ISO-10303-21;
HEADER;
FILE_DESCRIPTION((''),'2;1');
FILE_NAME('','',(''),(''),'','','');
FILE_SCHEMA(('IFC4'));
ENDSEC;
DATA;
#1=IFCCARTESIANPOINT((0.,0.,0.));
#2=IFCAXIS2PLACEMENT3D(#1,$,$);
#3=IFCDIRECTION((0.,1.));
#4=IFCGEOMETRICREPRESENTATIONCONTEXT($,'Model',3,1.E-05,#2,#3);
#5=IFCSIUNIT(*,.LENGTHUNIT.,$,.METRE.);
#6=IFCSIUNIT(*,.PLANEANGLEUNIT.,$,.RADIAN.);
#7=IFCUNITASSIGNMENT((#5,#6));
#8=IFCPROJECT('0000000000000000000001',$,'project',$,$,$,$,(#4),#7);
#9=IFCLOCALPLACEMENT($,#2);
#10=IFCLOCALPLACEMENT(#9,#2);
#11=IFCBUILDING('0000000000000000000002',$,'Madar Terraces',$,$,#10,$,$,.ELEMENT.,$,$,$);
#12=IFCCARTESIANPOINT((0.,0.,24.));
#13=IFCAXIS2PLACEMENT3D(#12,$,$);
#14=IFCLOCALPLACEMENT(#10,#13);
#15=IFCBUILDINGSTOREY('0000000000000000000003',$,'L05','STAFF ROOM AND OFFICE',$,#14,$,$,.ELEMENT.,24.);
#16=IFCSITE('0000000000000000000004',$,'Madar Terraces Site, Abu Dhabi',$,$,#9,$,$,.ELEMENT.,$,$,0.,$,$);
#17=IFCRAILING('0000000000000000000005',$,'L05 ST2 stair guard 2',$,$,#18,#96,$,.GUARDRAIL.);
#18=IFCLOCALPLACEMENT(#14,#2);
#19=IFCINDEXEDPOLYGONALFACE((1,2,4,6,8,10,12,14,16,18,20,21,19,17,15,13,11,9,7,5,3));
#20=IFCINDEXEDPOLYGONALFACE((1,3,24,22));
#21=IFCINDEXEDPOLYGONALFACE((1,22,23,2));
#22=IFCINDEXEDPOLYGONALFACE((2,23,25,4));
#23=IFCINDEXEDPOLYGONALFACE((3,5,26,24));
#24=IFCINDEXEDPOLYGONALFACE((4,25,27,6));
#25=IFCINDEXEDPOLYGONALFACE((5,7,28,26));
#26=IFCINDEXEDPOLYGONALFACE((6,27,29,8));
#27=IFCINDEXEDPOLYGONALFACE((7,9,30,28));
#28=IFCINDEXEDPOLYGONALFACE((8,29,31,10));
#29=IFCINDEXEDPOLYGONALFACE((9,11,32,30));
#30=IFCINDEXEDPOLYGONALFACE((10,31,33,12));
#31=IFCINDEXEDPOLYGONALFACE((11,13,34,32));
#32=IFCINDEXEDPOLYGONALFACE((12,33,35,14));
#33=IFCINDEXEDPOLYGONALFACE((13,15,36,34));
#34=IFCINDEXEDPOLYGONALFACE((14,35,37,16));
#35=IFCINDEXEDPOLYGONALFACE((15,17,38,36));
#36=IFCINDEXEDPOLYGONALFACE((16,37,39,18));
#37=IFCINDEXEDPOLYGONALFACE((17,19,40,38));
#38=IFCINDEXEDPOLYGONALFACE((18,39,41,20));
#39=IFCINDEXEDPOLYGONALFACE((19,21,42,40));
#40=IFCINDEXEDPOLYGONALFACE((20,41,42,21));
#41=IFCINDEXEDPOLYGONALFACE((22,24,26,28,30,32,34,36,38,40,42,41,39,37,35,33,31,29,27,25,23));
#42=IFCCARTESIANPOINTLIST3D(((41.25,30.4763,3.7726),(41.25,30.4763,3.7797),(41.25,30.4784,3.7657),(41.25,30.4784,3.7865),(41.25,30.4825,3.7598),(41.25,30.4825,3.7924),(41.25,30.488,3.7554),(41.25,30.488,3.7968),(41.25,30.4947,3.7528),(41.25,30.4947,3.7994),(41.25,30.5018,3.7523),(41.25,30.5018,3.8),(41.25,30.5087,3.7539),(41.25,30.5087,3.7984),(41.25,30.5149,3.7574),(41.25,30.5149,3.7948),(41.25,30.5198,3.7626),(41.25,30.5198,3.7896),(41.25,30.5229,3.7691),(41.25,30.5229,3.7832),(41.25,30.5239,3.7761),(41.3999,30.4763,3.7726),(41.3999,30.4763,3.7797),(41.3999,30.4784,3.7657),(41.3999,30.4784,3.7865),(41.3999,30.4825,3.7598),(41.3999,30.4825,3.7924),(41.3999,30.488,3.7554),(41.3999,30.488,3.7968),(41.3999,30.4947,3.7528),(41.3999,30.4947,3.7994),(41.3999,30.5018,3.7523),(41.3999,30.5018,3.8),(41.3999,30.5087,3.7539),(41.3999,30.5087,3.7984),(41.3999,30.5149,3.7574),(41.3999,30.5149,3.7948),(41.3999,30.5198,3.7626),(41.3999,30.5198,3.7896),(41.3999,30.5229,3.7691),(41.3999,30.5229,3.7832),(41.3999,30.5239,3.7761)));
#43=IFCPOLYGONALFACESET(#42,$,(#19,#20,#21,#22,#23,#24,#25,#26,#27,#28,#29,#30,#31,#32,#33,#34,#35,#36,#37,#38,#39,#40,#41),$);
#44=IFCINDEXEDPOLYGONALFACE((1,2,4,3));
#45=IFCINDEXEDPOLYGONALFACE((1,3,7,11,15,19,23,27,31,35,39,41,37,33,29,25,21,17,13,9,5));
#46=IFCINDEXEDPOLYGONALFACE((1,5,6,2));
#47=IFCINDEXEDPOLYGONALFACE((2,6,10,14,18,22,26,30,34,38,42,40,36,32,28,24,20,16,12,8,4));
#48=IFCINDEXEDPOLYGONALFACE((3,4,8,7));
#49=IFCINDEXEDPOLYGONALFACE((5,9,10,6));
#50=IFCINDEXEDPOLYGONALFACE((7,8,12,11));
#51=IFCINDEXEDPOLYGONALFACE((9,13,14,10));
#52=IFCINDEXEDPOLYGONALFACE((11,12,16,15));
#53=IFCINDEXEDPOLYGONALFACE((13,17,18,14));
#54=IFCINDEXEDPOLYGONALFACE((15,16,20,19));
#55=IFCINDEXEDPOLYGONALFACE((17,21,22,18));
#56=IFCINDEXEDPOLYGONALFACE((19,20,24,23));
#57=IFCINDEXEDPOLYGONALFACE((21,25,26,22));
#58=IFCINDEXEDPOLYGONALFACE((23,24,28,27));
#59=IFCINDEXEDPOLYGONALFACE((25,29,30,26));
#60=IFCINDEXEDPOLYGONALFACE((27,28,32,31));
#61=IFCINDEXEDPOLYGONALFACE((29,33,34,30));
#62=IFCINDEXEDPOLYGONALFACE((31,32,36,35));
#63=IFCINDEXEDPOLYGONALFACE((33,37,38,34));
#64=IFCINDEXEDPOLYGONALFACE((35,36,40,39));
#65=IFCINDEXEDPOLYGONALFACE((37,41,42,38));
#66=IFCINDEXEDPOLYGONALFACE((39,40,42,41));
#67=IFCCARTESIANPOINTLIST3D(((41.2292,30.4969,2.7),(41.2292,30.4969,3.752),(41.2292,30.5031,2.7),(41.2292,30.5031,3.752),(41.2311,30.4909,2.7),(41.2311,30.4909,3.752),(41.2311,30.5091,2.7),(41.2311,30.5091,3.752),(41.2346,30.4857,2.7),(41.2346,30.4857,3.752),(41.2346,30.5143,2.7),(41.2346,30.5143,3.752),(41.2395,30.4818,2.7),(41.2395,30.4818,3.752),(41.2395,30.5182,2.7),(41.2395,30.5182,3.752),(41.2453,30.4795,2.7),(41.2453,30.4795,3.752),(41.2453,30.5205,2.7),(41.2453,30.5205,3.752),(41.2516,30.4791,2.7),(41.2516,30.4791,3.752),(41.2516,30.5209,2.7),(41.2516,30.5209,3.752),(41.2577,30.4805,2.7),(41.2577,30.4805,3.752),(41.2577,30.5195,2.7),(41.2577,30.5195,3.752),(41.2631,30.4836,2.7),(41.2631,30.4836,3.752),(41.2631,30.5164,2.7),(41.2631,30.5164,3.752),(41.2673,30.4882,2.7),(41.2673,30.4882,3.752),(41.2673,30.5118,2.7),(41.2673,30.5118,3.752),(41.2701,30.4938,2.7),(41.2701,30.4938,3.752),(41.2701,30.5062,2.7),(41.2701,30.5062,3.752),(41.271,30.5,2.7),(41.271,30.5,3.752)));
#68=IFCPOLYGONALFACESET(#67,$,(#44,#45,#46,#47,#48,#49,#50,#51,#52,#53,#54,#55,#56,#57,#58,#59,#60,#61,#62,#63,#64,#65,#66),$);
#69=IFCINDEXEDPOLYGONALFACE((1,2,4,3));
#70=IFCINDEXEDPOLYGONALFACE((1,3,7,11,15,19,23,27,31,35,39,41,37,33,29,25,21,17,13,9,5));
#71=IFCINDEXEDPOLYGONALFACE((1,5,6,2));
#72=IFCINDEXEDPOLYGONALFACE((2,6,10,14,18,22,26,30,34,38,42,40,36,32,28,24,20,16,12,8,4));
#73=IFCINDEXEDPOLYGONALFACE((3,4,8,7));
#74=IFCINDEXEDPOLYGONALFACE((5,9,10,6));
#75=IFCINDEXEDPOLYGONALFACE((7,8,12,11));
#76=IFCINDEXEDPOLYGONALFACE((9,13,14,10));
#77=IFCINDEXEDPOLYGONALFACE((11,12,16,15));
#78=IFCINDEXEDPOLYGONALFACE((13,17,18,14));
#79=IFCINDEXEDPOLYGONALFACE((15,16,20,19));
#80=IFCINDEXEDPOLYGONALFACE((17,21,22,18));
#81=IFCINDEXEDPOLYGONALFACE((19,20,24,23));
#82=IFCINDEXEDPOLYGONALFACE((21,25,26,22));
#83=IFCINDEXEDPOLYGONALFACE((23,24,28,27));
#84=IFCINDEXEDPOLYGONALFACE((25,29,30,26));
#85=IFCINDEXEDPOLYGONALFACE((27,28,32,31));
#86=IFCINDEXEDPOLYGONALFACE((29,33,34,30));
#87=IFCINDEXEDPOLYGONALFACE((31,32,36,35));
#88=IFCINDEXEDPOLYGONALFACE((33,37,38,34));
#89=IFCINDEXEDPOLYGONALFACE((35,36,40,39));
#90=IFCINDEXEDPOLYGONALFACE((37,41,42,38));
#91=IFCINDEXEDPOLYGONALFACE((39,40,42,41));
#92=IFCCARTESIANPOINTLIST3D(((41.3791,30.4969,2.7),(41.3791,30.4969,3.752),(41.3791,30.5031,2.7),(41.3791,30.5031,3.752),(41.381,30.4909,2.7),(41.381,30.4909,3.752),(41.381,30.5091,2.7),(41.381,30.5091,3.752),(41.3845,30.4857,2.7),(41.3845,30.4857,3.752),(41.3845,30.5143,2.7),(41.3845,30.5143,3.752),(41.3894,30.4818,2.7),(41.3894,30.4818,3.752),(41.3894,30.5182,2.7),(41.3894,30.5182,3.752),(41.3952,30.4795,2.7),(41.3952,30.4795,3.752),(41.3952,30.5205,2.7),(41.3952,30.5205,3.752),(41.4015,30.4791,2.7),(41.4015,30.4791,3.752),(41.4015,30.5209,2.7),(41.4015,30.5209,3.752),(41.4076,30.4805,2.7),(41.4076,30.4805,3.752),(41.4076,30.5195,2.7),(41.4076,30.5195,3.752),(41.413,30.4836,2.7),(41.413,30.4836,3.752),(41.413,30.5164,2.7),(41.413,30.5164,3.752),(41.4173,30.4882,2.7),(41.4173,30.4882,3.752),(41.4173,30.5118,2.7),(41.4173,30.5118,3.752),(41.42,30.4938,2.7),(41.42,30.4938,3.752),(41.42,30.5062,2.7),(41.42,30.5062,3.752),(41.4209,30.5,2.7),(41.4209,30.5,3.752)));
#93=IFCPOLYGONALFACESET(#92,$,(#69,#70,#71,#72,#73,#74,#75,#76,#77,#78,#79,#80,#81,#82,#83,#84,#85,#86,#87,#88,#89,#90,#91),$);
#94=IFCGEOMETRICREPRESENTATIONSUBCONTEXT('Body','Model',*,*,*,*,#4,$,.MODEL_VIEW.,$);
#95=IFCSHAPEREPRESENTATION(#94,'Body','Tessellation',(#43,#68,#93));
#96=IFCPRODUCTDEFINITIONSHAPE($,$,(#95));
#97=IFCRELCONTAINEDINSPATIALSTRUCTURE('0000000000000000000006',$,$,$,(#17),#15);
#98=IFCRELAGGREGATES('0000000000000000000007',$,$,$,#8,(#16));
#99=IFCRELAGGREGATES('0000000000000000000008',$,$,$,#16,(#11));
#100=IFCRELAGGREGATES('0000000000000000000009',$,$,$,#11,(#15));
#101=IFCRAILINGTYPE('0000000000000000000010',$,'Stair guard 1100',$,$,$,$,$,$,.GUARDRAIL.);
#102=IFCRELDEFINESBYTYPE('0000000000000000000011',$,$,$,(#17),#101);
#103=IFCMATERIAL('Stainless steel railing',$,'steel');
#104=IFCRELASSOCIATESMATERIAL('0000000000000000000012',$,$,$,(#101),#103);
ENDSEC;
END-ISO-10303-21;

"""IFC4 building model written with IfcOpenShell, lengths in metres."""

from ifc_helpers import new_model, si_unit, direction, frame, origin, origin_2d, place, context, subcontext, project, spatial, circle, extrude, material, type_object, element, save


model = new_model("IFC4")

# Units and contexts
model_context = context("Model", 3, precision=1e-05, world=origin(), true_north=direction((0.0, 1.0)))
body_context = subcontext(model_context, "Body", "Model", "MODEL_VIEW")
ifc_project = project(units=[si_unit("LENGTHUNIT", "METRE"), si_unit("PLANEANGLEUNIT", "RADIAN")], contexts=[model_context])

# Site, building, storey
site_placement = place(None, origin())
site = spatial("IfcSite", under=ifc_project, at=site_placement, Name="Madar Terraces Site, Abu Dhabi", CompositionType="ELEMENT", RefElevation=0.0)
building_placement = place(site_placement, origin())
building = spatial("IfcBuilding", under=site, at=building_placement, Name="Madar Terraces", CompositionType="ELEMENT")
storey_placement = place(building_placement, frame((0.0, 0.0, 24.0)))
storey = spatial("IfcBuildingStorey", under=building, at=storey_placement, Name="L05", Description="STAFF ROOM AND OFFICE", CompositionType="ELEMENT", Elevation=24.0)

# Railing
ifc_material_1 = material(Name="Stainless steel railing", Category="steel")
railing_type_1 = type_object("IfcRailingType", Name="Stair guard 1100", PredefinedType="GUARDRAIL", material=ifc_material_1)
railing_1_placement = place(storey_placement, frame((41.25, 30.5, 2.7)))
element("IfcRailing", 1, at=railing_1_placement, inside=storey, type_object=railing_type_1, Name="L05 ST2 stair guard 2", PredefinedType="GUARDRAIL", context=body_context, shape_type="SweptSolid", body=[
    extrude(circle(Radius=0.0239, at=origin_2d()), frame((0.0, 0.0, 1.0762), z_axis=(1.0, 0.0, 0.0), x_axis=(0.0, 1.0, 0.0)), (0.0, 0.0, 1.0), 0.1499),
    extrude(circle(Radius=0.021, at=origin_2d()), origin(), (0.0, 0.0, 1.0), 1.052),
    extrude(circle(Radius=0.021, at=origin_2d()), frame((0.1499, 0.0, 0.0)), (0.0, 0.0, 1.0), 1.052),
])

save(model, "model.ifc")
